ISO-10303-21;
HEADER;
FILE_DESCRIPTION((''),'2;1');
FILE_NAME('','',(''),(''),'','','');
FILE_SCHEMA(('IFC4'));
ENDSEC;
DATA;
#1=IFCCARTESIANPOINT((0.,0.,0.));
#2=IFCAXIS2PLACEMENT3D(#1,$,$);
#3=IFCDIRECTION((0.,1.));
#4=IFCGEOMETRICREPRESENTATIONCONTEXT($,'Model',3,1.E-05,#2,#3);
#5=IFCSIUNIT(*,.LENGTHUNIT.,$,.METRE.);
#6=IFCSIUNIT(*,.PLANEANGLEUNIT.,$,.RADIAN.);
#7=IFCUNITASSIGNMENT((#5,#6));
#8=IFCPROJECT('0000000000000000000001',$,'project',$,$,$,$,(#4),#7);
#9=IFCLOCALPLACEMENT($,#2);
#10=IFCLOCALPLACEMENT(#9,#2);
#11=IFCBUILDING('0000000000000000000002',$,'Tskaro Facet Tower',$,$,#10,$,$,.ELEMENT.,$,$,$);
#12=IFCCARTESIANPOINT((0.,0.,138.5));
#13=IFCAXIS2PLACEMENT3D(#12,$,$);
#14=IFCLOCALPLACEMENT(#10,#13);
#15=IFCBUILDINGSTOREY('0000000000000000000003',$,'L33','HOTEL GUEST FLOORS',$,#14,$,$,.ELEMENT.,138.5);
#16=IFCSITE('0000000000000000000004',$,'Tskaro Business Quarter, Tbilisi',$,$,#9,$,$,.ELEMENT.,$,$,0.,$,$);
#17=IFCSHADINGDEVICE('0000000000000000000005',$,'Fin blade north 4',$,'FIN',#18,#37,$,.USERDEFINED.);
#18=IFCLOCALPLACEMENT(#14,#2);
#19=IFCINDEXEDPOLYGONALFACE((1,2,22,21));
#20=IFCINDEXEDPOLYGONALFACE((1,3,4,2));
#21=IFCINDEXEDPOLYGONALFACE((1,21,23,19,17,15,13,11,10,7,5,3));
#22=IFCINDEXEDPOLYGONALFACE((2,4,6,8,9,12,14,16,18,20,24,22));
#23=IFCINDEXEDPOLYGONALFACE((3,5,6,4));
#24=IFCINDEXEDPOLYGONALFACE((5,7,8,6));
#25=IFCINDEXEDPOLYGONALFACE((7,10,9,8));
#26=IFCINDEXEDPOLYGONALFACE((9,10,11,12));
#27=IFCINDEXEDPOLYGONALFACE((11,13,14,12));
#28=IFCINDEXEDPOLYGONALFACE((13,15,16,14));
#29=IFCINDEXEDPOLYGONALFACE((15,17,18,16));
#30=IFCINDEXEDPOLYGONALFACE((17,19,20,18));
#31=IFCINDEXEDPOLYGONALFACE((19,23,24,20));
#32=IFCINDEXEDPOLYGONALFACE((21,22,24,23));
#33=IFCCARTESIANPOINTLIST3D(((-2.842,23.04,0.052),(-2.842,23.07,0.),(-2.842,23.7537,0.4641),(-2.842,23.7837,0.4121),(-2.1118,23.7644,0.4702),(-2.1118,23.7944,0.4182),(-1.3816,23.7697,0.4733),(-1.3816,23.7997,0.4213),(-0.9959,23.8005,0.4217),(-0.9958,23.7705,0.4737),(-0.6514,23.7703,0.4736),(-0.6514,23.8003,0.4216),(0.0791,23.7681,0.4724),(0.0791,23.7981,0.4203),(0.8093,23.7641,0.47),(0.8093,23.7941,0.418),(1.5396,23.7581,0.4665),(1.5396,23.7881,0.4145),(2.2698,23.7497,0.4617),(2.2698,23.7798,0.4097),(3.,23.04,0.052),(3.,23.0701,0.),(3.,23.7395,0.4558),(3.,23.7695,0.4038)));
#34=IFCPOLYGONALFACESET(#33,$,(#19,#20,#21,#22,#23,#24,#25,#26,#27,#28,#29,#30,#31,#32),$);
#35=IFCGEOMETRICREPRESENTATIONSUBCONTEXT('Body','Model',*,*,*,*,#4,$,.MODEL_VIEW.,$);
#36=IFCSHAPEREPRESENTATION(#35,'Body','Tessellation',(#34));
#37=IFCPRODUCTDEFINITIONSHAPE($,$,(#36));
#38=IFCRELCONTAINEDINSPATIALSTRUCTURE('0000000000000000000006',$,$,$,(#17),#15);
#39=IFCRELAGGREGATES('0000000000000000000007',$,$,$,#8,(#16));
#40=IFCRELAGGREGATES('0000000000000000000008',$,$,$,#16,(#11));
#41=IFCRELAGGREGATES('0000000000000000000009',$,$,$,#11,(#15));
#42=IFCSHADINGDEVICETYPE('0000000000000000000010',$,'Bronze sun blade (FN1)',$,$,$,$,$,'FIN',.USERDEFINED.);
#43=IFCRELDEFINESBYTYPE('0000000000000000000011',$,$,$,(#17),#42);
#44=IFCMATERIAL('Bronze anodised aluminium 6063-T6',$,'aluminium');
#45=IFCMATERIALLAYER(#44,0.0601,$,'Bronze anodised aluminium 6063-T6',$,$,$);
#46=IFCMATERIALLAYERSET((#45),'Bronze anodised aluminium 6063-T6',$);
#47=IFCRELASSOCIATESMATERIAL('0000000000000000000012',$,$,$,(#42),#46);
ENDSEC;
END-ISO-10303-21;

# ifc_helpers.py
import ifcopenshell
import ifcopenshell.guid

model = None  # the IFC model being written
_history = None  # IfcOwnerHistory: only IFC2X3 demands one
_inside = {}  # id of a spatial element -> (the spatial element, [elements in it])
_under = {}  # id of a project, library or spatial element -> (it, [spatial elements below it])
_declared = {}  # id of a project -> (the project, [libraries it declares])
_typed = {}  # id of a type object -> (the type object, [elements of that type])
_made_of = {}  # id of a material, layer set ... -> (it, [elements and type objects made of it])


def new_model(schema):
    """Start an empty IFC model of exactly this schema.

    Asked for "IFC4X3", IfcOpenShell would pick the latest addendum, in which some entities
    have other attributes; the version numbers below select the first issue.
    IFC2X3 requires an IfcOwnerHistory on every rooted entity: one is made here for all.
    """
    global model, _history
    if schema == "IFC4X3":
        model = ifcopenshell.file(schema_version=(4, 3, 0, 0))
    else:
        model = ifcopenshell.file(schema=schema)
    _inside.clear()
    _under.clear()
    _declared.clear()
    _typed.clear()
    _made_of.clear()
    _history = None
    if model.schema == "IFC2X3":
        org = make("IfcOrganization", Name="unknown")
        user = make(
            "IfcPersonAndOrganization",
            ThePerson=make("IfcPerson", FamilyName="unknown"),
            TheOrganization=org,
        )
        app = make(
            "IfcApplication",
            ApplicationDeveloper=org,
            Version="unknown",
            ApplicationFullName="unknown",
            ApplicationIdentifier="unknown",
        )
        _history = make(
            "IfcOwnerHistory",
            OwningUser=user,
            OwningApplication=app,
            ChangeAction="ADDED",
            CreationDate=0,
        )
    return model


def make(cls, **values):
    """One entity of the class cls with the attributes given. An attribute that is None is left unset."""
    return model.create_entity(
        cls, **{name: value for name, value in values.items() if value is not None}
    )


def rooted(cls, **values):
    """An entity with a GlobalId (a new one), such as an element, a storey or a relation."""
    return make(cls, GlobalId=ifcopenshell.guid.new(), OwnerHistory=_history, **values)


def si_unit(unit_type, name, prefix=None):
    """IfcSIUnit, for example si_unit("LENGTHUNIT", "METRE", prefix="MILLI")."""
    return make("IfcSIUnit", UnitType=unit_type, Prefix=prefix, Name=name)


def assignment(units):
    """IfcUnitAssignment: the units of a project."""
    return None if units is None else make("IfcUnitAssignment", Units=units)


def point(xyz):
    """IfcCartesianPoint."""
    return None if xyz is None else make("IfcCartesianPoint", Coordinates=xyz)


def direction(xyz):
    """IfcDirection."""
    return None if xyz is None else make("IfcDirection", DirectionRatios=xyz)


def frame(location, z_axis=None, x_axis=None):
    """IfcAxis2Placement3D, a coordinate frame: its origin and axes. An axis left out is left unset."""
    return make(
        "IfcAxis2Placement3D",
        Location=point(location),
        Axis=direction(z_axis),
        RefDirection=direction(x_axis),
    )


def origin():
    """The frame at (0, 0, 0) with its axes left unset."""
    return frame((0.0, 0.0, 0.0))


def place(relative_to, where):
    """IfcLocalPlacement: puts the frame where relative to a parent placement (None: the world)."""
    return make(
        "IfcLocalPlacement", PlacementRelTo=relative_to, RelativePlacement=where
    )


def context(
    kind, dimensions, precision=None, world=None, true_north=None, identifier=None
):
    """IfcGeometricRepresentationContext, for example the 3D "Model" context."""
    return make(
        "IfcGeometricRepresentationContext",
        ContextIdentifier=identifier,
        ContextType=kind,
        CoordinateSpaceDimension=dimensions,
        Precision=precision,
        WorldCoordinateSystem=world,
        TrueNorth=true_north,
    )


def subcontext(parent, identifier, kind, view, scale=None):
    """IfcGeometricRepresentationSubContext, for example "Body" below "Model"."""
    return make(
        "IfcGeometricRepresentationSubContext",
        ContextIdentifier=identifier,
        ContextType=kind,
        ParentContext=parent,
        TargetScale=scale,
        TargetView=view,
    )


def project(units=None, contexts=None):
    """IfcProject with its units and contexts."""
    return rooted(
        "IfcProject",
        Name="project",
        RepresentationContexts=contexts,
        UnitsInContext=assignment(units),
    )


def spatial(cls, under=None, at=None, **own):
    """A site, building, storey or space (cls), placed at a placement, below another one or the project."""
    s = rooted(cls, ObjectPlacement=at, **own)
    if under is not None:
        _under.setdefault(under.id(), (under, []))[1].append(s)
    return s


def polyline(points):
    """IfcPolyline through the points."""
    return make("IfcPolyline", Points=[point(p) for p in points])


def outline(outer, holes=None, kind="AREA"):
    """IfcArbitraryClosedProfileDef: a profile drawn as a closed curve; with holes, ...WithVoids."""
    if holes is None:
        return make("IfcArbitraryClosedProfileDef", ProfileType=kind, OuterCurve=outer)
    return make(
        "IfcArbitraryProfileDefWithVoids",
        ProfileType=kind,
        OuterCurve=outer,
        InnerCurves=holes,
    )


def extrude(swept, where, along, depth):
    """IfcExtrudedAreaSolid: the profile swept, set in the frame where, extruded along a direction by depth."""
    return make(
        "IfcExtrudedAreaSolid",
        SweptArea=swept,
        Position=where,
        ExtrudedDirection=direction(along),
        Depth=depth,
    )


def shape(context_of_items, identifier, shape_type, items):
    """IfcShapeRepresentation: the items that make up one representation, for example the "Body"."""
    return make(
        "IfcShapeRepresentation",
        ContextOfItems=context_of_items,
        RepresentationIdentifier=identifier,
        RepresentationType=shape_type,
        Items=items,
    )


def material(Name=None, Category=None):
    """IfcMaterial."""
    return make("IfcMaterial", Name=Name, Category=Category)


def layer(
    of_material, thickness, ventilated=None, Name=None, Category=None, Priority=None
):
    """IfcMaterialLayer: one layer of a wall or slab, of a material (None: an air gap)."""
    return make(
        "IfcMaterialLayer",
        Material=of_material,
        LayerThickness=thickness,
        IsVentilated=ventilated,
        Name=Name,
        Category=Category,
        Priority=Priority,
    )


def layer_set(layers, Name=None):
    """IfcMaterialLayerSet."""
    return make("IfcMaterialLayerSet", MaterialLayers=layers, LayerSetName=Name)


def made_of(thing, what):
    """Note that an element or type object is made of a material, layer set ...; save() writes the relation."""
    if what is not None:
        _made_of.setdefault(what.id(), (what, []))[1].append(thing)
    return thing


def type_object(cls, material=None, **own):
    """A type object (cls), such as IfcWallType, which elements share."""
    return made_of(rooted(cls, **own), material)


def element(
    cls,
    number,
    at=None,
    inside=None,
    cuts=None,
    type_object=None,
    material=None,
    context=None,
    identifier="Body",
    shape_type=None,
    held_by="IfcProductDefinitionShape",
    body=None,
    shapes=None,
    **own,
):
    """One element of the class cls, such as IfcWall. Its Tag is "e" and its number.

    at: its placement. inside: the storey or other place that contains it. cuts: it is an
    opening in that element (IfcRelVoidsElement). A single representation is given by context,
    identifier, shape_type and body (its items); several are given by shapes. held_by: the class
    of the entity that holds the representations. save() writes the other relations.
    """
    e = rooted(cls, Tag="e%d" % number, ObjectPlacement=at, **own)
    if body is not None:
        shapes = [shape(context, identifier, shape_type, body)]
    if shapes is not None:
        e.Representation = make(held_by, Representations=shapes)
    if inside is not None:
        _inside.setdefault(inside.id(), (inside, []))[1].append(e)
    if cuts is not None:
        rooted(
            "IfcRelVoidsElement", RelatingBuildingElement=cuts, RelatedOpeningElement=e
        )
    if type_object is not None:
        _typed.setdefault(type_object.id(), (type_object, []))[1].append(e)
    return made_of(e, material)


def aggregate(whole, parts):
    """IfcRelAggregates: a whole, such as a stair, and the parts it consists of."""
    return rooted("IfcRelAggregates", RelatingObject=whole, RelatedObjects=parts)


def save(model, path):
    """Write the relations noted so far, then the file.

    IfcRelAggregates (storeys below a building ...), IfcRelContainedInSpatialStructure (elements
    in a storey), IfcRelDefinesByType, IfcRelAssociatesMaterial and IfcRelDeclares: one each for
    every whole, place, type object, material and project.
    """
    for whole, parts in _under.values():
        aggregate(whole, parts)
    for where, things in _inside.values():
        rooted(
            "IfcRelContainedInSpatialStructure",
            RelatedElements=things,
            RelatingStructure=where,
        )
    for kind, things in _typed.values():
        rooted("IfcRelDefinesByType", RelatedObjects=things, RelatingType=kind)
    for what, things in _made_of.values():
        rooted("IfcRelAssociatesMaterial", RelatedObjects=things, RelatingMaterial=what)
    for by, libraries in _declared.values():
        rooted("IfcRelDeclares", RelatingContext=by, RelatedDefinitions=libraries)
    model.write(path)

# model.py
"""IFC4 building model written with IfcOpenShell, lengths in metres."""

from ifc_helpers import new_model, si_unit, direction, frame, origin, place, context, subcontext, project, spatial, polyline, outline, extrude, material, layer, layer_set, type_object, element, save


model = new_model("IFC4")

# Units and contexts
model_context = context("Model", 3, precision=1e-05, world=origin(), true_north=direction((0.0, 1.0)))
body_context = subcontext(model_context, "Body", "Model", "MODEL_VIEW")
ifc_project = project(units=[si_unit("LENGTHUNIT", "METRE"), si_unit("PLANEANGLEUNIT", "RADIAN")], contexts=[model_context])

# Site, building, storey
site_placement = place(None, origin())
site = spatial("IfcSite", under=ifc_project, at=site_placement, Name="Tskaro Business Quarter, Tbilisi", CompositionType="ELEMENT", RefElevation=0.0)
building_placement = place(site_placement, origin())
building = spatial("IfcBuilding", under=site, at=building_placement, Name="Tskaro Facet Tower", CompositionType="ELEMENT")
storey_placement = place(building_placement, frame((0.0, 0.0, 138.5)))
storey = spatial("IfcBuildingStorey", under=building, at=storey_placement, Name="L33", Description="HOTEL GUEST FLOORS", CompositionType="ELEMENT", Elevation=138.5)

# Shared definitions
ifc_material_1 = material(Name="Bronze anodised aluminium 6063-T6", Category="aluminium")

# Shading device
ifc_layer_1 = layer(ifc_material_1, 0.0601, Name="Bronze anodised aluminium 6063-T6")
ifc_layer_set_1 = layer_set([ifc_layer_1], Name="Bronze anodised aluminium 6063-T6")
shading_device_type = type_object("IfcShadingDeviceType", Name="Bronze sun blade (FN1)", ElementType="FIN", PredefinedType="USERDEFINED", material=ifc_layer_set_1)
shading_device_1_placement = place(storey_placement, frame((3.0, 23.04, 0.052), z_axis=(0.000009, -0.499975, 0.86604), x_axis=(-1.0, -0.000005, 0.000008)))
element("IfcShadingDevice", 1, at=shading_device_1_placement, inside=storey, type_object=shading_device_type, Name="Fin blade north 4", ObjectType="FIN", PredefinedType="USERDEFINED", context=body_context, shape_type="SweptSolid", body=[
    extrude(outline(polyline([(0.0, 0.0), (5.842, 0.0), (5.842, -0.8241), (5.1118, -0.8364), (4.3816, -0.8425), (3.9958, -0.8434), (3.6514, -0.8432), (2.9209, -0.8407), (2.1907, -0.8361), (1.4604, -0.8291), (0.7302, -0.8195), (0.0, -0.8077), (0.0, 0.0)])), origin(), (0.0, 0.0, -1.0), 0.0601),
])

save(model, "model.ifc")
